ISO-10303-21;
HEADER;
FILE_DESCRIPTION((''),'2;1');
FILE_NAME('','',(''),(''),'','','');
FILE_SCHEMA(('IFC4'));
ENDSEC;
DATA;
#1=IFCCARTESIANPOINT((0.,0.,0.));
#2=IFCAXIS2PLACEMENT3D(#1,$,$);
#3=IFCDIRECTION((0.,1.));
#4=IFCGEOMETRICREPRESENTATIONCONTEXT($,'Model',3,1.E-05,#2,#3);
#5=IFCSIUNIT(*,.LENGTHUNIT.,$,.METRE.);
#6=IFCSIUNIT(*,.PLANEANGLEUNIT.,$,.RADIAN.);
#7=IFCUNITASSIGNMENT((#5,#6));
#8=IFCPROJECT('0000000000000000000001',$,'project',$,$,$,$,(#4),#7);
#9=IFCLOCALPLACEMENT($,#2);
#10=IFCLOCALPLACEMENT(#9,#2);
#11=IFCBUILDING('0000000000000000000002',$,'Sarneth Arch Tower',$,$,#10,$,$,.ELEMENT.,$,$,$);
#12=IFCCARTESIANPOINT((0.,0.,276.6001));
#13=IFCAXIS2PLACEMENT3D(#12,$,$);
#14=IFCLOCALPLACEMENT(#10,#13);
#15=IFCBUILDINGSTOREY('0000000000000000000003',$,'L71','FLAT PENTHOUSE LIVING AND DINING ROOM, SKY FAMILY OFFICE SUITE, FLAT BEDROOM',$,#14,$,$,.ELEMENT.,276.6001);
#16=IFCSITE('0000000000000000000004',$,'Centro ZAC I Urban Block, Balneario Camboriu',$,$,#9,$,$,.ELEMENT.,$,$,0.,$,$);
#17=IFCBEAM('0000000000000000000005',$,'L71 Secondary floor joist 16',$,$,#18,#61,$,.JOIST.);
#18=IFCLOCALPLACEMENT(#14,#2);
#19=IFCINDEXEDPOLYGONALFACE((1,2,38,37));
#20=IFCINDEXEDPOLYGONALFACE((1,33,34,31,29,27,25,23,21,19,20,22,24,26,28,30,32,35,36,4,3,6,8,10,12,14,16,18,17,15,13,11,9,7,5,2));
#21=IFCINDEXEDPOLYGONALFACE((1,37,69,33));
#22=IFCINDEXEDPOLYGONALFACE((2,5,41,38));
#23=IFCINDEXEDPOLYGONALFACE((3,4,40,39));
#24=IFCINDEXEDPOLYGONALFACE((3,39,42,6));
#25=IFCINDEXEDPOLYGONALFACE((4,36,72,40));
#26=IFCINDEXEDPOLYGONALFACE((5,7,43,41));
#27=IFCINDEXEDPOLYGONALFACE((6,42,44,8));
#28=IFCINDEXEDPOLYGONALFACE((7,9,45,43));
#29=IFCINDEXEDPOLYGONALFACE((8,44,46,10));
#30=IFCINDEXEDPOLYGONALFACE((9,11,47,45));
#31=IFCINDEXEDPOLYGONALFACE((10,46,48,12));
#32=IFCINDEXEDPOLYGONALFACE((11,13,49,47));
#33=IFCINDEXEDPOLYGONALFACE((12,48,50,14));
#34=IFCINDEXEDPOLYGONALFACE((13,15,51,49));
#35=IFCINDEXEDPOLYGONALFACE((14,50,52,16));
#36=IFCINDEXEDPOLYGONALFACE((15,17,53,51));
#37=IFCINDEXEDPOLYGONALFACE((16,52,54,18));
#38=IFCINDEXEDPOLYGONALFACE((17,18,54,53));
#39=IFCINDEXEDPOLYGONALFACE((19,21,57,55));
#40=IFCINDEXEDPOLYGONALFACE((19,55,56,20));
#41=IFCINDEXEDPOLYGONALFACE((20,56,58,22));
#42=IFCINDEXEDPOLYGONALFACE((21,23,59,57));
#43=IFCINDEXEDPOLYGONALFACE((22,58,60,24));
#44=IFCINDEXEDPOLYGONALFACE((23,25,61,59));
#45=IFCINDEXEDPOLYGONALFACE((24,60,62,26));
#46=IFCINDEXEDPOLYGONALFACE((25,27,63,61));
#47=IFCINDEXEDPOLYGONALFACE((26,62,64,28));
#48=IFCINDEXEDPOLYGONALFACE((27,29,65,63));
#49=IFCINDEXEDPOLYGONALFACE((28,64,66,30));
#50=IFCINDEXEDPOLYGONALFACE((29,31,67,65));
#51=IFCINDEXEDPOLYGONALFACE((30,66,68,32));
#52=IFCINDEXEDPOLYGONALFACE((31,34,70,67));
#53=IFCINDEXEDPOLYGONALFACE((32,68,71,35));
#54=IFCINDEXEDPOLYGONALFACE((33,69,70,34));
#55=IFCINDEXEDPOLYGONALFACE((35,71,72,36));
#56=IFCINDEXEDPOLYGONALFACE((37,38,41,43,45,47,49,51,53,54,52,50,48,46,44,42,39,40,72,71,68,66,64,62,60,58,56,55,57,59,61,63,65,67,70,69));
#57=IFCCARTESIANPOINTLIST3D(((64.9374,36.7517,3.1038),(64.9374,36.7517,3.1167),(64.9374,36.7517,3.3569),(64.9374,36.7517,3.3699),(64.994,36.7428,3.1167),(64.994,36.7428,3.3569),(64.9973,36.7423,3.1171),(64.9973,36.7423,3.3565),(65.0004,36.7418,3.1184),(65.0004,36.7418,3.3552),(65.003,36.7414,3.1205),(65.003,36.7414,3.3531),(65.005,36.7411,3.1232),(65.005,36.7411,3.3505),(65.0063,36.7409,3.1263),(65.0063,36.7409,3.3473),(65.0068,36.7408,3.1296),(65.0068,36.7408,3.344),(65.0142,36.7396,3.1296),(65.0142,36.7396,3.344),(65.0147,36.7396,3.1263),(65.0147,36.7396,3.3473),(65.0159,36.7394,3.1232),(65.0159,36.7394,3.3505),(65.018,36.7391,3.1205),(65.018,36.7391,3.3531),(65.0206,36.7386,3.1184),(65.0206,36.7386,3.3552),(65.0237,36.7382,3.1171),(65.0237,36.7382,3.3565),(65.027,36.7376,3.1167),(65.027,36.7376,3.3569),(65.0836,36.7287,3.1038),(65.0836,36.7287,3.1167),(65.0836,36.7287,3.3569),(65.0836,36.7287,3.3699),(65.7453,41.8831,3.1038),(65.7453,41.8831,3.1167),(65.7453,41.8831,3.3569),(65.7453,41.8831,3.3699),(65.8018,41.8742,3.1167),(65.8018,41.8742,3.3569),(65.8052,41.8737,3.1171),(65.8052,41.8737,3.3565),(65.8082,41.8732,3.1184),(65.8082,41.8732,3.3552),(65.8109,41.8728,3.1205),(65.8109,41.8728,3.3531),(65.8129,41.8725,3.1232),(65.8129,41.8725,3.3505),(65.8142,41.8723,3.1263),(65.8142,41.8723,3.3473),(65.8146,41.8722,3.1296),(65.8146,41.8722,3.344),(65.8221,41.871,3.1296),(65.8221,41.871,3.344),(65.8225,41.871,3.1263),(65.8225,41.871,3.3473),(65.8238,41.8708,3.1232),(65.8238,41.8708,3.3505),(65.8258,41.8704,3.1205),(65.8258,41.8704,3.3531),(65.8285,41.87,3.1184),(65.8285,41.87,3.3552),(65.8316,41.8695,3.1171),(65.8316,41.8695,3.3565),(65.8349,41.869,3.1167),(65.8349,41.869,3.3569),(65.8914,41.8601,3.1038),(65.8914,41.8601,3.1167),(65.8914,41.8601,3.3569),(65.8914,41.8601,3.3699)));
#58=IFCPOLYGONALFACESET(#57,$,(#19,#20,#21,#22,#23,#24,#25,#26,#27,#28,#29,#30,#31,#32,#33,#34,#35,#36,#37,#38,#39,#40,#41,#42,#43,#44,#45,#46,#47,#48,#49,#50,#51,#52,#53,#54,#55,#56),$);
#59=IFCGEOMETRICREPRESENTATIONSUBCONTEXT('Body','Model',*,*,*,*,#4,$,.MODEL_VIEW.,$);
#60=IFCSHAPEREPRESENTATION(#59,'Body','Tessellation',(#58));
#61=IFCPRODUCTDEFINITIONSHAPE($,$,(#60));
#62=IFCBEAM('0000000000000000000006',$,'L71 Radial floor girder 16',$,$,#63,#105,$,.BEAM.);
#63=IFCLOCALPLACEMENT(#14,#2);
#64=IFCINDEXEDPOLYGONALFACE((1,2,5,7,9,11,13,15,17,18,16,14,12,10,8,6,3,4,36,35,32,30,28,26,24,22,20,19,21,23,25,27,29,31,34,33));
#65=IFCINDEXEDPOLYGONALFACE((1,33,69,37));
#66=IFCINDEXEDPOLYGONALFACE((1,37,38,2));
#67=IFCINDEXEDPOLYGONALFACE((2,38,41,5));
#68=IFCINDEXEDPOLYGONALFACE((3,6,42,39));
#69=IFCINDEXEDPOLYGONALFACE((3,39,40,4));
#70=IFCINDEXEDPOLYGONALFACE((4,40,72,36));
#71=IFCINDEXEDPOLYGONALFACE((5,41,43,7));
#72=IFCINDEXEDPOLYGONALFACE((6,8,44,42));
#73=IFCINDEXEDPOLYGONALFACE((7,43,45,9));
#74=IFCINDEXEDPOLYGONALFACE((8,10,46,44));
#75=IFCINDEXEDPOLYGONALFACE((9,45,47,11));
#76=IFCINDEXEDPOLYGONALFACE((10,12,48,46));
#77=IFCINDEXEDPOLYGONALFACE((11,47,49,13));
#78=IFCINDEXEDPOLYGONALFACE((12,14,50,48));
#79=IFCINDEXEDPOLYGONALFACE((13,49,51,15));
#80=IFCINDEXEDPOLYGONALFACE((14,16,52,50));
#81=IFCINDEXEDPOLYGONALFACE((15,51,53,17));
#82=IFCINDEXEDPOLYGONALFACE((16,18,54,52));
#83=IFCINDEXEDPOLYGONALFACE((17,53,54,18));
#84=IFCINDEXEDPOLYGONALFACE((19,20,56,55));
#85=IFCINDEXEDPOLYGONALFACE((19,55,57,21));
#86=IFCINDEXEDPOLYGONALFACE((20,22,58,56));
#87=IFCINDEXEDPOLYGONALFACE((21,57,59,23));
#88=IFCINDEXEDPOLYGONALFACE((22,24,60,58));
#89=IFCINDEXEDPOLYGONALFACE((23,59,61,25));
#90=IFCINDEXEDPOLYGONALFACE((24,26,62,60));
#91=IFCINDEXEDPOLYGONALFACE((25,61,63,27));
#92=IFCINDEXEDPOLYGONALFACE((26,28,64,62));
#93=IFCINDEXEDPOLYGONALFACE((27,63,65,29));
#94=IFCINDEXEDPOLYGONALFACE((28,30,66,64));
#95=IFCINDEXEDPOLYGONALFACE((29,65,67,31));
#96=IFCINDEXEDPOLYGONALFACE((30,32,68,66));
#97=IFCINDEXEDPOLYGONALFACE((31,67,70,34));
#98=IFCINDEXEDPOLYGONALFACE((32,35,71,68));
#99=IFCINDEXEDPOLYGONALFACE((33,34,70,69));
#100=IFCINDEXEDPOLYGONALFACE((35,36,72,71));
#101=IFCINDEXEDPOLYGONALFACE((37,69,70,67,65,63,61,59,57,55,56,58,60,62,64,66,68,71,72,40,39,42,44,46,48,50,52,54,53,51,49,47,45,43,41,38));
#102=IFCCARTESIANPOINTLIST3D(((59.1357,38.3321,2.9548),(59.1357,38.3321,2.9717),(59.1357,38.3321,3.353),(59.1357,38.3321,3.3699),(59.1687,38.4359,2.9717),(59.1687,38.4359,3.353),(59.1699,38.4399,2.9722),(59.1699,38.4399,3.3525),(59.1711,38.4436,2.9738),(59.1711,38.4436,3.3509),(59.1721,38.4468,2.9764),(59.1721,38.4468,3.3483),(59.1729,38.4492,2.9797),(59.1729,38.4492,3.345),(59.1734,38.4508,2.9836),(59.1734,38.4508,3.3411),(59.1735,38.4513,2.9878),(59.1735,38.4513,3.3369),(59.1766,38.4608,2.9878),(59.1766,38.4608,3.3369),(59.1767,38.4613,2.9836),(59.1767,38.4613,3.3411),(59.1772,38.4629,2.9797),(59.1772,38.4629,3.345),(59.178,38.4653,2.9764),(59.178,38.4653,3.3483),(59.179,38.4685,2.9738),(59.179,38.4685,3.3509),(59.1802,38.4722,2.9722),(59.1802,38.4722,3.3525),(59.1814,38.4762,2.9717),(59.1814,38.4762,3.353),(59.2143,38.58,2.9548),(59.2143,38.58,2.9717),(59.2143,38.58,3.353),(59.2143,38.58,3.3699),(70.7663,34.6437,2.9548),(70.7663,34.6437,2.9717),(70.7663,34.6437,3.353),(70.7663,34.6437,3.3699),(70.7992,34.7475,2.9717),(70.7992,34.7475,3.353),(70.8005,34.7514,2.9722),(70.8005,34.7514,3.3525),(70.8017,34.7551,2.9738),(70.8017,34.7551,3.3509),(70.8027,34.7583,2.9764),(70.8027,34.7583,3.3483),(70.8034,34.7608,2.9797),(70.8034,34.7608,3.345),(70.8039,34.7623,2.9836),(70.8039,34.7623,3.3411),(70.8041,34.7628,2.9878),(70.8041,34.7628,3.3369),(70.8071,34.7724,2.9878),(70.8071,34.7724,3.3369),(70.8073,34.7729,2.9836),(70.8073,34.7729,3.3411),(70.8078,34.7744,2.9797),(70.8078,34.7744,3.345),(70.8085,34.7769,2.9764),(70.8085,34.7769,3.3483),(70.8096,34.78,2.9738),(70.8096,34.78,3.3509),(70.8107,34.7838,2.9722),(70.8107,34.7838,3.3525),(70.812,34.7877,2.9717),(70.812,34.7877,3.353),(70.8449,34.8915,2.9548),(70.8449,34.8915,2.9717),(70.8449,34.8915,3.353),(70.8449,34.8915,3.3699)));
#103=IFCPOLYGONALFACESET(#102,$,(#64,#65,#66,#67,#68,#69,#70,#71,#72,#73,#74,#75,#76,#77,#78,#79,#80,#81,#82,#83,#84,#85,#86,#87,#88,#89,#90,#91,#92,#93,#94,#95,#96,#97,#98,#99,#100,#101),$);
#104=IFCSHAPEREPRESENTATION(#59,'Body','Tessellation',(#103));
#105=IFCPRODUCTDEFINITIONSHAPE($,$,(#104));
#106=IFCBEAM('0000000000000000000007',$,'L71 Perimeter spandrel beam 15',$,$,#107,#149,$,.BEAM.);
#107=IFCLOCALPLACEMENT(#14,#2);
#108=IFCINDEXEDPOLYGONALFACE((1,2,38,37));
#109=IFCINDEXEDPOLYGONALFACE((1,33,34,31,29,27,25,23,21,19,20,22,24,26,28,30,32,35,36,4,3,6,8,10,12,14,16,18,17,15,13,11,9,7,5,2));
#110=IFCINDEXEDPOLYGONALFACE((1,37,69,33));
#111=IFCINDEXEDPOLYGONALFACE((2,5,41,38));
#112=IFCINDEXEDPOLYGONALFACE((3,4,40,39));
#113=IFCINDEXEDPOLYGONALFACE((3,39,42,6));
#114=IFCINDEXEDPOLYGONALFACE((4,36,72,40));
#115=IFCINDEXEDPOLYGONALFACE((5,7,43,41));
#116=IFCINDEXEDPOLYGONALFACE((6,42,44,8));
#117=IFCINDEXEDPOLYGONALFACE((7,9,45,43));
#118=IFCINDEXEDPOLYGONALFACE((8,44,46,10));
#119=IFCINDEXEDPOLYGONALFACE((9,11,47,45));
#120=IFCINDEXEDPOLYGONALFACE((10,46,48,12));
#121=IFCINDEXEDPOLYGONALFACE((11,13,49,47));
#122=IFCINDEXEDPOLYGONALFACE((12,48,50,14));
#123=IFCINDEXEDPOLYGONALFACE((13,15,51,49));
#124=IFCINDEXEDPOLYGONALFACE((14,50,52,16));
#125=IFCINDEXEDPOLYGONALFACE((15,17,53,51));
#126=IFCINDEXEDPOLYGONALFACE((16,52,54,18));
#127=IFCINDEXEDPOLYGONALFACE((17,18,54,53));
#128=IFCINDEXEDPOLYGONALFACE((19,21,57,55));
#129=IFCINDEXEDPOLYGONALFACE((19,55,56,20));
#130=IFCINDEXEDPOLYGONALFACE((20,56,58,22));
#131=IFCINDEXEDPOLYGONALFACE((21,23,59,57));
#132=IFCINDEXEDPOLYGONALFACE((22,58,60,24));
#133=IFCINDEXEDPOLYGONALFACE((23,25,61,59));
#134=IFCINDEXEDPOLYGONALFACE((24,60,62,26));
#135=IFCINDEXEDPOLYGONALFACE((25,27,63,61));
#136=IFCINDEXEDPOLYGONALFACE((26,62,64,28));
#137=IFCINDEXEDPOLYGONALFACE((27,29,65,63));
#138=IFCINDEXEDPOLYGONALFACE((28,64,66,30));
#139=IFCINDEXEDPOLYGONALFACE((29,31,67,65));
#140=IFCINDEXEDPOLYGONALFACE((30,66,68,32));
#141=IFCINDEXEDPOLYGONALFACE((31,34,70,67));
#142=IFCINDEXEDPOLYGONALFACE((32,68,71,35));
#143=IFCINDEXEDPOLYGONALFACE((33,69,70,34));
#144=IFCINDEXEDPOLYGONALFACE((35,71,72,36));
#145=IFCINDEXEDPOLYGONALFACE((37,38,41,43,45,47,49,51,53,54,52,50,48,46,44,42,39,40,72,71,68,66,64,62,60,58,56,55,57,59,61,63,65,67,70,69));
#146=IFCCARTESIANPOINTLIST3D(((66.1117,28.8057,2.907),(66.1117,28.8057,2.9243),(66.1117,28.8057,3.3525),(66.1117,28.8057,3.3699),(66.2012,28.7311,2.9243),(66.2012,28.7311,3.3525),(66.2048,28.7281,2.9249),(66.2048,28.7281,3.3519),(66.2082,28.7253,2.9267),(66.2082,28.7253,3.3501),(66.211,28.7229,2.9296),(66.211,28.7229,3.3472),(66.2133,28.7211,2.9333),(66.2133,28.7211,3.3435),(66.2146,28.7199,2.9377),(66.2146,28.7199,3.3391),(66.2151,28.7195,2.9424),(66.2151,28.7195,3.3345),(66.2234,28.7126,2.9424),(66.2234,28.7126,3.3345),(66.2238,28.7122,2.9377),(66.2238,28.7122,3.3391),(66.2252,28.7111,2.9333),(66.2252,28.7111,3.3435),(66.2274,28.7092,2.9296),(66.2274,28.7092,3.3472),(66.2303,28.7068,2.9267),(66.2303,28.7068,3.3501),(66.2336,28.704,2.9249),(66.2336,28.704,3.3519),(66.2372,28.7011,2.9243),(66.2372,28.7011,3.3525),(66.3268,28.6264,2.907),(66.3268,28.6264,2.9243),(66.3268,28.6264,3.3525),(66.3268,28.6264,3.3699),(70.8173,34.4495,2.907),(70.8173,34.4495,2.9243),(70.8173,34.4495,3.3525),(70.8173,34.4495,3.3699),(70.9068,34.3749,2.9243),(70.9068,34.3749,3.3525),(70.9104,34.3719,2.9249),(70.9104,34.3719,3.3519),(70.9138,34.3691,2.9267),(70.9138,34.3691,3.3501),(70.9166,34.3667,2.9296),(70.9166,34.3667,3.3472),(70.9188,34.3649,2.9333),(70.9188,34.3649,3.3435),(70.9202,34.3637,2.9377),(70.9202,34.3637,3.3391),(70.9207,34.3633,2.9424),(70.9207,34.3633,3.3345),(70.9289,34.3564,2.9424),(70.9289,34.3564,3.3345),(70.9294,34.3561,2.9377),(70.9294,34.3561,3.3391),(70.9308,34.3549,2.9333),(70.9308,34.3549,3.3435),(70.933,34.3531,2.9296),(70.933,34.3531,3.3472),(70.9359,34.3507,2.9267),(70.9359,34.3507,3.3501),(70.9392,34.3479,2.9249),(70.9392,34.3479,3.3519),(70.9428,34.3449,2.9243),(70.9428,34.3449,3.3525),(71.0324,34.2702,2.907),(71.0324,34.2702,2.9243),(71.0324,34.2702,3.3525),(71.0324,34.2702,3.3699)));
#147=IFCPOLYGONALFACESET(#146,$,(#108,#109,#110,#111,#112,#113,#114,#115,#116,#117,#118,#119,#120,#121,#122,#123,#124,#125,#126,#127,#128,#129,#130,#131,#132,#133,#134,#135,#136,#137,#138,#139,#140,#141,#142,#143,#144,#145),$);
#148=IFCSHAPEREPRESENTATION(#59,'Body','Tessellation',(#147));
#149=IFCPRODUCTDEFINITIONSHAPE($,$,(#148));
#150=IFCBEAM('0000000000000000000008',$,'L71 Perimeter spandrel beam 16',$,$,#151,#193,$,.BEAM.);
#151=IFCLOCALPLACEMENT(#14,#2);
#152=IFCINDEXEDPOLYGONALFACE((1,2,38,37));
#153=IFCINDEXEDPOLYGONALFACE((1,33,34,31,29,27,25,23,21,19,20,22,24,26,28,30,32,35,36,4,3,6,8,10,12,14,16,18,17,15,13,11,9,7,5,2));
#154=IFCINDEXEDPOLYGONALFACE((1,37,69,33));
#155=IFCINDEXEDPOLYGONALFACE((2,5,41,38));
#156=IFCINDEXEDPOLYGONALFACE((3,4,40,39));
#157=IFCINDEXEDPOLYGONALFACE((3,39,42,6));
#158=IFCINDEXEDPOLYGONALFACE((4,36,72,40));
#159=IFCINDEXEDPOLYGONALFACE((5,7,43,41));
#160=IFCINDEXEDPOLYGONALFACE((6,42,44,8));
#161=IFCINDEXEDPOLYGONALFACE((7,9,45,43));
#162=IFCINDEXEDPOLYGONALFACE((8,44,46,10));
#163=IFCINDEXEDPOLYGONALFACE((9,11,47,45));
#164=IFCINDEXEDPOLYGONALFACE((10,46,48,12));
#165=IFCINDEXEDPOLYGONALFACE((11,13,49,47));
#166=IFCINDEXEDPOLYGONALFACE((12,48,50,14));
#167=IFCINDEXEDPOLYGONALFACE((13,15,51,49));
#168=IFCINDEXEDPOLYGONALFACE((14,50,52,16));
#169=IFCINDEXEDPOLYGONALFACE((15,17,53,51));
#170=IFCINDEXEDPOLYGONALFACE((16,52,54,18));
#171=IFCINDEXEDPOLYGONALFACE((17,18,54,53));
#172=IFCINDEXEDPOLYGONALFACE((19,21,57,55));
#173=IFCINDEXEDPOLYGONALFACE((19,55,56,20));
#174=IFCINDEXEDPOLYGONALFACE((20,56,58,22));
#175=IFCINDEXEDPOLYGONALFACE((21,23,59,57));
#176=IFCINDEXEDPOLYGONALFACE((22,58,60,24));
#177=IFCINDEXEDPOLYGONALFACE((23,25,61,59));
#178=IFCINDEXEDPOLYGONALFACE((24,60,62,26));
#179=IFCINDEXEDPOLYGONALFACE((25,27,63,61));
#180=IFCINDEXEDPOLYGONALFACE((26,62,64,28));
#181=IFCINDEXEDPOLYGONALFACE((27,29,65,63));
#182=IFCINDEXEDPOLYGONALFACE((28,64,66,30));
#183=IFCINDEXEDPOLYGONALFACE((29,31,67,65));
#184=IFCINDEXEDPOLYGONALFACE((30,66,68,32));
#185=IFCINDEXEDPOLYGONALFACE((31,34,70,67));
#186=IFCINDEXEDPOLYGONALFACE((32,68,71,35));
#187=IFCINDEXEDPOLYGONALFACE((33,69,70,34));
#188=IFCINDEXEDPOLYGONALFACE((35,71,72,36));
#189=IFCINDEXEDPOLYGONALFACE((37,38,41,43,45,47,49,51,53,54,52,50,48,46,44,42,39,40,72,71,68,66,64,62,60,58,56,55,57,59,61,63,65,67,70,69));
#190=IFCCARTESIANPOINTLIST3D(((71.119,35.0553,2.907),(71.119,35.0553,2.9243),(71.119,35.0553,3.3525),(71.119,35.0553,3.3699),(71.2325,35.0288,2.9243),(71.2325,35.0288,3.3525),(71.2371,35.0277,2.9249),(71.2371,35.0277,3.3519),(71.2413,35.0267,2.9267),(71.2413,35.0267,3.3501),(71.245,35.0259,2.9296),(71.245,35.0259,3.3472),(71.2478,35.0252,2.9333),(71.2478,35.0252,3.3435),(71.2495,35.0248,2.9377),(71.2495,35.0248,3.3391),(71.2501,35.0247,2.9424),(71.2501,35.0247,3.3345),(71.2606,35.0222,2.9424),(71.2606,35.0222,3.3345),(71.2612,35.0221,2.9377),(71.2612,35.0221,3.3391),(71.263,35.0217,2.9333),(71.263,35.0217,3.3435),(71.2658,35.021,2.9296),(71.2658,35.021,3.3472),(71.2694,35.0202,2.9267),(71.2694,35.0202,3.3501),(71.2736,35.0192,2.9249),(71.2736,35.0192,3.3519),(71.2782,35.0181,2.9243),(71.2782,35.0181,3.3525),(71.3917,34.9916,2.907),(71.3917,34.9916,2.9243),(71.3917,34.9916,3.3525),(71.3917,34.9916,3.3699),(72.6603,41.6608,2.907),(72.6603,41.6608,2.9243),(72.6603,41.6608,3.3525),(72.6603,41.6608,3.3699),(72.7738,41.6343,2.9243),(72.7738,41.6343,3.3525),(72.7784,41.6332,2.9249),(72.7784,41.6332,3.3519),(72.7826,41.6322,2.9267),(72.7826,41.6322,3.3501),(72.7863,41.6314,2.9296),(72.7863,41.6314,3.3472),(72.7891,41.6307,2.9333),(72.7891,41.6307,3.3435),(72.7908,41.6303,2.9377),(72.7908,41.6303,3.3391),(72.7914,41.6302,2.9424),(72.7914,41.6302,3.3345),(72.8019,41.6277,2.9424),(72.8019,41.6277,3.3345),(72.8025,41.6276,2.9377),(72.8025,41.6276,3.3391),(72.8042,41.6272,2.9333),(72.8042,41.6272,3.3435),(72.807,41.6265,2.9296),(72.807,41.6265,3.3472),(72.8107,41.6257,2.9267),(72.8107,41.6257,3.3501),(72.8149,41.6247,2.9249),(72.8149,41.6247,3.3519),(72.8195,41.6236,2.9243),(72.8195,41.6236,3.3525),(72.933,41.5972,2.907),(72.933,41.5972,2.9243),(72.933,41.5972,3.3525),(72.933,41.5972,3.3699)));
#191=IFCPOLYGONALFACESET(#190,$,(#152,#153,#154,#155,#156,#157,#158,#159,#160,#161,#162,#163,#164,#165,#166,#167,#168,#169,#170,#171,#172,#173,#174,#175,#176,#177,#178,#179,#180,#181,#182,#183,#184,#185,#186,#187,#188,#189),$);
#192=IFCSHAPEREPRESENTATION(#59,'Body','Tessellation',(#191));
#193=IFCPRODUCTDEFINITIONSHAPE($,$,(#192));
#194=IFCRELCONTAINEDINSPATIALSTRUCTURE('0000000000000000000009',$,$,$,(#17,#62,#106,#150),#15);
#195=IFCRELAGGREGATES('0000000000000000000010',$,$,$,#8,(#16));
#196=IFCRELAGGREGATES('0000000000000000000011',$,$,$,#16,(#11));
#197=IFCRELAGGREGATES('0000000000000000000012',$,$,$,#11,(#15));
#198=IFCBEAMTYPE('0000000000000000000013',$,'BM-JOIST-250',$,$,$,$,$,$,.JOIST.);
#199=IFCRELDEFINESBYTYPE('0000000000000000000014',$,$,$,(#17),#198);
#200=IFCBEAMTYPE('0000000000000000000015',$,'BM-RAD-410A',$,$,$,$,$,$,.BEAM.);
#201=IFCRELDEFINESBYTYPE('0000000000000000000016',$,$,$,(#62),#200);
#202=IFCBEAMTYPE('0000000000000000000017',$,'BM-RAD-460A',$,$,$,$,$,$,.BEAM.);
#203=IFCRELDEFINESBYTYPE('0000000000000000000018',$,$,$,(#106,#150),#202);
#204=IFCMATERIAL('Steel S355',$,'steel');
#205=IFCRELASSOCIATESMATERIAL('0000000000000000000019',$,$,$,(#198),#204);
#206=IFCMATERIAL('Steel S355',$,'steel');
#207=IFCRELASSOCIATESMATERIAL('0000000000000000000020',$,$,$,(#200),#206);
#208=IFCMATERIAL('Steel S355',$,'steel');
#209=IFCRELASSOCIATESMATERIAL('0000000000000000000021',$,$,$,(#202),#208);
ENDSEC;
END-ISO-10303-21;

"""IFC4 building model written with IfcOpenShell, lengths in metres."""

from ifc_helpers import new_model, si_unit, direction, frame, origin, origin_2d, place, context, subcontext, project, spatial, i_section, extrude, material, material_profile, profile_set, type_object, element, save


model = new_model("IFC4")

# Units and contexts
model_context = context("Model", 3, precision=1e-05, world=origin(), true_north=direction((0.0, 1.0)))
body_context = subcontext(model_context, "Body", "Model", "MODEL_VIEW")
ifc_project = project(units=[si_unit("LENGTHUNIT", "METRE"), si_unit("PLANEANGLEUNIT", "RADIAN")], contexts=[model_context])

# Site, building, storey
site_placement = place(None, origin())
site = spatial("IfcSite", under=ifc_project, at=site_placement, Name="Centro ZAC I Urban Block, Balneario Camboriu", CompositionType="ELEMENT", RefElevation=0.0)
building_placement = place(site_placement, origin())
building = spatial("IfcBuilding", under=site, at=building_placement, Name="Sarneth Arch Tower", CompositionType="ELEMENT")
storey_placement = place(building_placement, frame((0.0, 0.0, 276.6001)))
storey = spatial("IfcBuildingStorey", under=building, at=storey_placement, Name="L71", Description="FLAT PENTHOUSE LIVING AND DINING ROOM, SKY FAMILY OFFICE SUITE, FLAT BEDROOM", CompositionType="ELEMENT", Elevation=276.6001)

# Beams
ifc_material_1 = material(Name="Steel S355", Category="steel")
ifc_material_profile_1 = material_profile(ifc_material_1, i_section(OverallWidth=0.1479, OverallDepth=0.2661, WebThickness=0.0076, FlangeThickness=0.0129, FilletRadius=0.0129, at=origin_2d()), Name="W250x44.8")
ifc_profile_set_1 = profile_set([ifc_material_profile_1], Name="Steel S355")
beam_type_1 = type_object("IfcBeamType", Name="BM-JOIST-250", PredefinedType="JOIST", material=ifc_profile_set_1)
beam_1_placement = place(storey_placement, frame((65.0105, 36.7402, 3.2368), z_axis=(0.155521, 0.987833, 0.0), x_axis=(-0.987833, 0.155521, 0.0)))
element("IfcBeam", 1, at=beam_1_placement, inside=storey, type_object=beam_type_1, Name="L71 Secondary floor joist 16", PredefinedType="JOIST", context=body_context, shape_type="SweptSolid", body=[
    extrude(i_section(OverallWidth=0.1479, OverallDepth=0.2661, WebThickness=0.0076, FlangeThickness=0.0129, FilletRadius=0.0129, at=origin_2d()), origin(), (0.0, 0.0, 1.0), 5.1946),
])
ifc_material_2 = material(Name="Steel S355", Category="steel")
ifc_material_profile_2 = material_profile(ifc_material_2, i_section(OverallWidth=0.26, OverallDepth=0.415, WebThickness=0.01, FlangeThickness=0.0168, FilletRadius=0.0161, at=origin_2d()), Name="W410x100")
ifc_profile_set_2 = profile_set([ifc_material_profile_2], Name="Steel S355")
beam_type_2 = type_object("IfcBeamType", Name="BM-RAD-410A", PredefinedType="BEAM", material=ifc_profile_set_2)
beam_2_placement = place(storey_placement, frame((59.175, 38.4561, 3.1624), z_axis=(0.953214, -0.302298, 0.0), x_axis=(0.302298, 0.953214, 0.0)))
element("IfcBeam", 2, at=beam_2_placement, inside=storey, type_object=beam_type_2, Name="L71 Radial floor girder 16", PredefinedType="BEAM", context=body_context, shape_type="SweptSolid", body=[
    extrude(i_section(OverallWidth=0.26, OverallDepth=0.415, WebThickness=0.01, FlangeThickness=0.0168, FilletRadius=0.0161, at=origin_2d()), origin(), (0.0, 0.0, 1.0), 12.2014),
])
ifc_material_3 = material(Name="Steel S355", Category="steel")
ifc_material_profile_3 = material_profile(ifc_material_3, i_section(OverallWidth=0.28, OverallDepth=0.4629, WebThickness=0.0107, FlangeThickness=0.0173, FilletRadius=0.0181, at=origin_2d()), Name="W460x113")
ifc_profile_set_3 = profile_set([ifc_material_profile_3], Name="Steel S355")
beam_type_3 = type_object("IfcBeamType", Name="BM-RAD-460A", PredefinedType="BEAM", material=ifc_profile_set_3)
beam_3_placement = place(storey_placement, frame((66.2192, 28.7161, 3.1384), z_axis=(0.640377, 0.768061, 0.0), x_axis=(-0.768061, 0.640377, 0.0)))
element("IfcBeam", 3, at=beam_3_placement, inside=storey, type_object=beam_type_3, Name="L71 Perimeter spandrel beam 15", PredefinedType="BEAM", context=body_context, shape_type="SweptSolid", body=[
    extrude(i_section(OverallWidth=0.28, OverallDepth=0.4629, WebThickness=0.0107, FlangeThickness=0.0173, FilletRadius=0.0181, at=origin_2d()), origin(), (0.0, 0.0, 1.0), 7.3481),
])
beam_4_placement = place(storey_placement, frame((71.2554, 35.0234, 3.1384), z_axis=(0.227227, 0.973842, 0.0), x_axis=(-0.973842, 0.227227, 0.0)))
element("IfcBeam", 4, at=beam_4_placement, inside=storey, type_object=beam_type_3, Name="L71 Perimeter spandrel beam 16", PredefinedType="BEAM", context=body_context, shape_type="SweptSolid", body=[
    extrude(i_section(OverallWidth=0.28, OverallDepth=0.4629, WebThickness=0.0107, FlangeThickness=0.0173, FilletRadius=0.0181, at=origin_2d()), origin(), (0.0, 0.0, 1.0), 6.783),
])

save(model, "model.ifc")
